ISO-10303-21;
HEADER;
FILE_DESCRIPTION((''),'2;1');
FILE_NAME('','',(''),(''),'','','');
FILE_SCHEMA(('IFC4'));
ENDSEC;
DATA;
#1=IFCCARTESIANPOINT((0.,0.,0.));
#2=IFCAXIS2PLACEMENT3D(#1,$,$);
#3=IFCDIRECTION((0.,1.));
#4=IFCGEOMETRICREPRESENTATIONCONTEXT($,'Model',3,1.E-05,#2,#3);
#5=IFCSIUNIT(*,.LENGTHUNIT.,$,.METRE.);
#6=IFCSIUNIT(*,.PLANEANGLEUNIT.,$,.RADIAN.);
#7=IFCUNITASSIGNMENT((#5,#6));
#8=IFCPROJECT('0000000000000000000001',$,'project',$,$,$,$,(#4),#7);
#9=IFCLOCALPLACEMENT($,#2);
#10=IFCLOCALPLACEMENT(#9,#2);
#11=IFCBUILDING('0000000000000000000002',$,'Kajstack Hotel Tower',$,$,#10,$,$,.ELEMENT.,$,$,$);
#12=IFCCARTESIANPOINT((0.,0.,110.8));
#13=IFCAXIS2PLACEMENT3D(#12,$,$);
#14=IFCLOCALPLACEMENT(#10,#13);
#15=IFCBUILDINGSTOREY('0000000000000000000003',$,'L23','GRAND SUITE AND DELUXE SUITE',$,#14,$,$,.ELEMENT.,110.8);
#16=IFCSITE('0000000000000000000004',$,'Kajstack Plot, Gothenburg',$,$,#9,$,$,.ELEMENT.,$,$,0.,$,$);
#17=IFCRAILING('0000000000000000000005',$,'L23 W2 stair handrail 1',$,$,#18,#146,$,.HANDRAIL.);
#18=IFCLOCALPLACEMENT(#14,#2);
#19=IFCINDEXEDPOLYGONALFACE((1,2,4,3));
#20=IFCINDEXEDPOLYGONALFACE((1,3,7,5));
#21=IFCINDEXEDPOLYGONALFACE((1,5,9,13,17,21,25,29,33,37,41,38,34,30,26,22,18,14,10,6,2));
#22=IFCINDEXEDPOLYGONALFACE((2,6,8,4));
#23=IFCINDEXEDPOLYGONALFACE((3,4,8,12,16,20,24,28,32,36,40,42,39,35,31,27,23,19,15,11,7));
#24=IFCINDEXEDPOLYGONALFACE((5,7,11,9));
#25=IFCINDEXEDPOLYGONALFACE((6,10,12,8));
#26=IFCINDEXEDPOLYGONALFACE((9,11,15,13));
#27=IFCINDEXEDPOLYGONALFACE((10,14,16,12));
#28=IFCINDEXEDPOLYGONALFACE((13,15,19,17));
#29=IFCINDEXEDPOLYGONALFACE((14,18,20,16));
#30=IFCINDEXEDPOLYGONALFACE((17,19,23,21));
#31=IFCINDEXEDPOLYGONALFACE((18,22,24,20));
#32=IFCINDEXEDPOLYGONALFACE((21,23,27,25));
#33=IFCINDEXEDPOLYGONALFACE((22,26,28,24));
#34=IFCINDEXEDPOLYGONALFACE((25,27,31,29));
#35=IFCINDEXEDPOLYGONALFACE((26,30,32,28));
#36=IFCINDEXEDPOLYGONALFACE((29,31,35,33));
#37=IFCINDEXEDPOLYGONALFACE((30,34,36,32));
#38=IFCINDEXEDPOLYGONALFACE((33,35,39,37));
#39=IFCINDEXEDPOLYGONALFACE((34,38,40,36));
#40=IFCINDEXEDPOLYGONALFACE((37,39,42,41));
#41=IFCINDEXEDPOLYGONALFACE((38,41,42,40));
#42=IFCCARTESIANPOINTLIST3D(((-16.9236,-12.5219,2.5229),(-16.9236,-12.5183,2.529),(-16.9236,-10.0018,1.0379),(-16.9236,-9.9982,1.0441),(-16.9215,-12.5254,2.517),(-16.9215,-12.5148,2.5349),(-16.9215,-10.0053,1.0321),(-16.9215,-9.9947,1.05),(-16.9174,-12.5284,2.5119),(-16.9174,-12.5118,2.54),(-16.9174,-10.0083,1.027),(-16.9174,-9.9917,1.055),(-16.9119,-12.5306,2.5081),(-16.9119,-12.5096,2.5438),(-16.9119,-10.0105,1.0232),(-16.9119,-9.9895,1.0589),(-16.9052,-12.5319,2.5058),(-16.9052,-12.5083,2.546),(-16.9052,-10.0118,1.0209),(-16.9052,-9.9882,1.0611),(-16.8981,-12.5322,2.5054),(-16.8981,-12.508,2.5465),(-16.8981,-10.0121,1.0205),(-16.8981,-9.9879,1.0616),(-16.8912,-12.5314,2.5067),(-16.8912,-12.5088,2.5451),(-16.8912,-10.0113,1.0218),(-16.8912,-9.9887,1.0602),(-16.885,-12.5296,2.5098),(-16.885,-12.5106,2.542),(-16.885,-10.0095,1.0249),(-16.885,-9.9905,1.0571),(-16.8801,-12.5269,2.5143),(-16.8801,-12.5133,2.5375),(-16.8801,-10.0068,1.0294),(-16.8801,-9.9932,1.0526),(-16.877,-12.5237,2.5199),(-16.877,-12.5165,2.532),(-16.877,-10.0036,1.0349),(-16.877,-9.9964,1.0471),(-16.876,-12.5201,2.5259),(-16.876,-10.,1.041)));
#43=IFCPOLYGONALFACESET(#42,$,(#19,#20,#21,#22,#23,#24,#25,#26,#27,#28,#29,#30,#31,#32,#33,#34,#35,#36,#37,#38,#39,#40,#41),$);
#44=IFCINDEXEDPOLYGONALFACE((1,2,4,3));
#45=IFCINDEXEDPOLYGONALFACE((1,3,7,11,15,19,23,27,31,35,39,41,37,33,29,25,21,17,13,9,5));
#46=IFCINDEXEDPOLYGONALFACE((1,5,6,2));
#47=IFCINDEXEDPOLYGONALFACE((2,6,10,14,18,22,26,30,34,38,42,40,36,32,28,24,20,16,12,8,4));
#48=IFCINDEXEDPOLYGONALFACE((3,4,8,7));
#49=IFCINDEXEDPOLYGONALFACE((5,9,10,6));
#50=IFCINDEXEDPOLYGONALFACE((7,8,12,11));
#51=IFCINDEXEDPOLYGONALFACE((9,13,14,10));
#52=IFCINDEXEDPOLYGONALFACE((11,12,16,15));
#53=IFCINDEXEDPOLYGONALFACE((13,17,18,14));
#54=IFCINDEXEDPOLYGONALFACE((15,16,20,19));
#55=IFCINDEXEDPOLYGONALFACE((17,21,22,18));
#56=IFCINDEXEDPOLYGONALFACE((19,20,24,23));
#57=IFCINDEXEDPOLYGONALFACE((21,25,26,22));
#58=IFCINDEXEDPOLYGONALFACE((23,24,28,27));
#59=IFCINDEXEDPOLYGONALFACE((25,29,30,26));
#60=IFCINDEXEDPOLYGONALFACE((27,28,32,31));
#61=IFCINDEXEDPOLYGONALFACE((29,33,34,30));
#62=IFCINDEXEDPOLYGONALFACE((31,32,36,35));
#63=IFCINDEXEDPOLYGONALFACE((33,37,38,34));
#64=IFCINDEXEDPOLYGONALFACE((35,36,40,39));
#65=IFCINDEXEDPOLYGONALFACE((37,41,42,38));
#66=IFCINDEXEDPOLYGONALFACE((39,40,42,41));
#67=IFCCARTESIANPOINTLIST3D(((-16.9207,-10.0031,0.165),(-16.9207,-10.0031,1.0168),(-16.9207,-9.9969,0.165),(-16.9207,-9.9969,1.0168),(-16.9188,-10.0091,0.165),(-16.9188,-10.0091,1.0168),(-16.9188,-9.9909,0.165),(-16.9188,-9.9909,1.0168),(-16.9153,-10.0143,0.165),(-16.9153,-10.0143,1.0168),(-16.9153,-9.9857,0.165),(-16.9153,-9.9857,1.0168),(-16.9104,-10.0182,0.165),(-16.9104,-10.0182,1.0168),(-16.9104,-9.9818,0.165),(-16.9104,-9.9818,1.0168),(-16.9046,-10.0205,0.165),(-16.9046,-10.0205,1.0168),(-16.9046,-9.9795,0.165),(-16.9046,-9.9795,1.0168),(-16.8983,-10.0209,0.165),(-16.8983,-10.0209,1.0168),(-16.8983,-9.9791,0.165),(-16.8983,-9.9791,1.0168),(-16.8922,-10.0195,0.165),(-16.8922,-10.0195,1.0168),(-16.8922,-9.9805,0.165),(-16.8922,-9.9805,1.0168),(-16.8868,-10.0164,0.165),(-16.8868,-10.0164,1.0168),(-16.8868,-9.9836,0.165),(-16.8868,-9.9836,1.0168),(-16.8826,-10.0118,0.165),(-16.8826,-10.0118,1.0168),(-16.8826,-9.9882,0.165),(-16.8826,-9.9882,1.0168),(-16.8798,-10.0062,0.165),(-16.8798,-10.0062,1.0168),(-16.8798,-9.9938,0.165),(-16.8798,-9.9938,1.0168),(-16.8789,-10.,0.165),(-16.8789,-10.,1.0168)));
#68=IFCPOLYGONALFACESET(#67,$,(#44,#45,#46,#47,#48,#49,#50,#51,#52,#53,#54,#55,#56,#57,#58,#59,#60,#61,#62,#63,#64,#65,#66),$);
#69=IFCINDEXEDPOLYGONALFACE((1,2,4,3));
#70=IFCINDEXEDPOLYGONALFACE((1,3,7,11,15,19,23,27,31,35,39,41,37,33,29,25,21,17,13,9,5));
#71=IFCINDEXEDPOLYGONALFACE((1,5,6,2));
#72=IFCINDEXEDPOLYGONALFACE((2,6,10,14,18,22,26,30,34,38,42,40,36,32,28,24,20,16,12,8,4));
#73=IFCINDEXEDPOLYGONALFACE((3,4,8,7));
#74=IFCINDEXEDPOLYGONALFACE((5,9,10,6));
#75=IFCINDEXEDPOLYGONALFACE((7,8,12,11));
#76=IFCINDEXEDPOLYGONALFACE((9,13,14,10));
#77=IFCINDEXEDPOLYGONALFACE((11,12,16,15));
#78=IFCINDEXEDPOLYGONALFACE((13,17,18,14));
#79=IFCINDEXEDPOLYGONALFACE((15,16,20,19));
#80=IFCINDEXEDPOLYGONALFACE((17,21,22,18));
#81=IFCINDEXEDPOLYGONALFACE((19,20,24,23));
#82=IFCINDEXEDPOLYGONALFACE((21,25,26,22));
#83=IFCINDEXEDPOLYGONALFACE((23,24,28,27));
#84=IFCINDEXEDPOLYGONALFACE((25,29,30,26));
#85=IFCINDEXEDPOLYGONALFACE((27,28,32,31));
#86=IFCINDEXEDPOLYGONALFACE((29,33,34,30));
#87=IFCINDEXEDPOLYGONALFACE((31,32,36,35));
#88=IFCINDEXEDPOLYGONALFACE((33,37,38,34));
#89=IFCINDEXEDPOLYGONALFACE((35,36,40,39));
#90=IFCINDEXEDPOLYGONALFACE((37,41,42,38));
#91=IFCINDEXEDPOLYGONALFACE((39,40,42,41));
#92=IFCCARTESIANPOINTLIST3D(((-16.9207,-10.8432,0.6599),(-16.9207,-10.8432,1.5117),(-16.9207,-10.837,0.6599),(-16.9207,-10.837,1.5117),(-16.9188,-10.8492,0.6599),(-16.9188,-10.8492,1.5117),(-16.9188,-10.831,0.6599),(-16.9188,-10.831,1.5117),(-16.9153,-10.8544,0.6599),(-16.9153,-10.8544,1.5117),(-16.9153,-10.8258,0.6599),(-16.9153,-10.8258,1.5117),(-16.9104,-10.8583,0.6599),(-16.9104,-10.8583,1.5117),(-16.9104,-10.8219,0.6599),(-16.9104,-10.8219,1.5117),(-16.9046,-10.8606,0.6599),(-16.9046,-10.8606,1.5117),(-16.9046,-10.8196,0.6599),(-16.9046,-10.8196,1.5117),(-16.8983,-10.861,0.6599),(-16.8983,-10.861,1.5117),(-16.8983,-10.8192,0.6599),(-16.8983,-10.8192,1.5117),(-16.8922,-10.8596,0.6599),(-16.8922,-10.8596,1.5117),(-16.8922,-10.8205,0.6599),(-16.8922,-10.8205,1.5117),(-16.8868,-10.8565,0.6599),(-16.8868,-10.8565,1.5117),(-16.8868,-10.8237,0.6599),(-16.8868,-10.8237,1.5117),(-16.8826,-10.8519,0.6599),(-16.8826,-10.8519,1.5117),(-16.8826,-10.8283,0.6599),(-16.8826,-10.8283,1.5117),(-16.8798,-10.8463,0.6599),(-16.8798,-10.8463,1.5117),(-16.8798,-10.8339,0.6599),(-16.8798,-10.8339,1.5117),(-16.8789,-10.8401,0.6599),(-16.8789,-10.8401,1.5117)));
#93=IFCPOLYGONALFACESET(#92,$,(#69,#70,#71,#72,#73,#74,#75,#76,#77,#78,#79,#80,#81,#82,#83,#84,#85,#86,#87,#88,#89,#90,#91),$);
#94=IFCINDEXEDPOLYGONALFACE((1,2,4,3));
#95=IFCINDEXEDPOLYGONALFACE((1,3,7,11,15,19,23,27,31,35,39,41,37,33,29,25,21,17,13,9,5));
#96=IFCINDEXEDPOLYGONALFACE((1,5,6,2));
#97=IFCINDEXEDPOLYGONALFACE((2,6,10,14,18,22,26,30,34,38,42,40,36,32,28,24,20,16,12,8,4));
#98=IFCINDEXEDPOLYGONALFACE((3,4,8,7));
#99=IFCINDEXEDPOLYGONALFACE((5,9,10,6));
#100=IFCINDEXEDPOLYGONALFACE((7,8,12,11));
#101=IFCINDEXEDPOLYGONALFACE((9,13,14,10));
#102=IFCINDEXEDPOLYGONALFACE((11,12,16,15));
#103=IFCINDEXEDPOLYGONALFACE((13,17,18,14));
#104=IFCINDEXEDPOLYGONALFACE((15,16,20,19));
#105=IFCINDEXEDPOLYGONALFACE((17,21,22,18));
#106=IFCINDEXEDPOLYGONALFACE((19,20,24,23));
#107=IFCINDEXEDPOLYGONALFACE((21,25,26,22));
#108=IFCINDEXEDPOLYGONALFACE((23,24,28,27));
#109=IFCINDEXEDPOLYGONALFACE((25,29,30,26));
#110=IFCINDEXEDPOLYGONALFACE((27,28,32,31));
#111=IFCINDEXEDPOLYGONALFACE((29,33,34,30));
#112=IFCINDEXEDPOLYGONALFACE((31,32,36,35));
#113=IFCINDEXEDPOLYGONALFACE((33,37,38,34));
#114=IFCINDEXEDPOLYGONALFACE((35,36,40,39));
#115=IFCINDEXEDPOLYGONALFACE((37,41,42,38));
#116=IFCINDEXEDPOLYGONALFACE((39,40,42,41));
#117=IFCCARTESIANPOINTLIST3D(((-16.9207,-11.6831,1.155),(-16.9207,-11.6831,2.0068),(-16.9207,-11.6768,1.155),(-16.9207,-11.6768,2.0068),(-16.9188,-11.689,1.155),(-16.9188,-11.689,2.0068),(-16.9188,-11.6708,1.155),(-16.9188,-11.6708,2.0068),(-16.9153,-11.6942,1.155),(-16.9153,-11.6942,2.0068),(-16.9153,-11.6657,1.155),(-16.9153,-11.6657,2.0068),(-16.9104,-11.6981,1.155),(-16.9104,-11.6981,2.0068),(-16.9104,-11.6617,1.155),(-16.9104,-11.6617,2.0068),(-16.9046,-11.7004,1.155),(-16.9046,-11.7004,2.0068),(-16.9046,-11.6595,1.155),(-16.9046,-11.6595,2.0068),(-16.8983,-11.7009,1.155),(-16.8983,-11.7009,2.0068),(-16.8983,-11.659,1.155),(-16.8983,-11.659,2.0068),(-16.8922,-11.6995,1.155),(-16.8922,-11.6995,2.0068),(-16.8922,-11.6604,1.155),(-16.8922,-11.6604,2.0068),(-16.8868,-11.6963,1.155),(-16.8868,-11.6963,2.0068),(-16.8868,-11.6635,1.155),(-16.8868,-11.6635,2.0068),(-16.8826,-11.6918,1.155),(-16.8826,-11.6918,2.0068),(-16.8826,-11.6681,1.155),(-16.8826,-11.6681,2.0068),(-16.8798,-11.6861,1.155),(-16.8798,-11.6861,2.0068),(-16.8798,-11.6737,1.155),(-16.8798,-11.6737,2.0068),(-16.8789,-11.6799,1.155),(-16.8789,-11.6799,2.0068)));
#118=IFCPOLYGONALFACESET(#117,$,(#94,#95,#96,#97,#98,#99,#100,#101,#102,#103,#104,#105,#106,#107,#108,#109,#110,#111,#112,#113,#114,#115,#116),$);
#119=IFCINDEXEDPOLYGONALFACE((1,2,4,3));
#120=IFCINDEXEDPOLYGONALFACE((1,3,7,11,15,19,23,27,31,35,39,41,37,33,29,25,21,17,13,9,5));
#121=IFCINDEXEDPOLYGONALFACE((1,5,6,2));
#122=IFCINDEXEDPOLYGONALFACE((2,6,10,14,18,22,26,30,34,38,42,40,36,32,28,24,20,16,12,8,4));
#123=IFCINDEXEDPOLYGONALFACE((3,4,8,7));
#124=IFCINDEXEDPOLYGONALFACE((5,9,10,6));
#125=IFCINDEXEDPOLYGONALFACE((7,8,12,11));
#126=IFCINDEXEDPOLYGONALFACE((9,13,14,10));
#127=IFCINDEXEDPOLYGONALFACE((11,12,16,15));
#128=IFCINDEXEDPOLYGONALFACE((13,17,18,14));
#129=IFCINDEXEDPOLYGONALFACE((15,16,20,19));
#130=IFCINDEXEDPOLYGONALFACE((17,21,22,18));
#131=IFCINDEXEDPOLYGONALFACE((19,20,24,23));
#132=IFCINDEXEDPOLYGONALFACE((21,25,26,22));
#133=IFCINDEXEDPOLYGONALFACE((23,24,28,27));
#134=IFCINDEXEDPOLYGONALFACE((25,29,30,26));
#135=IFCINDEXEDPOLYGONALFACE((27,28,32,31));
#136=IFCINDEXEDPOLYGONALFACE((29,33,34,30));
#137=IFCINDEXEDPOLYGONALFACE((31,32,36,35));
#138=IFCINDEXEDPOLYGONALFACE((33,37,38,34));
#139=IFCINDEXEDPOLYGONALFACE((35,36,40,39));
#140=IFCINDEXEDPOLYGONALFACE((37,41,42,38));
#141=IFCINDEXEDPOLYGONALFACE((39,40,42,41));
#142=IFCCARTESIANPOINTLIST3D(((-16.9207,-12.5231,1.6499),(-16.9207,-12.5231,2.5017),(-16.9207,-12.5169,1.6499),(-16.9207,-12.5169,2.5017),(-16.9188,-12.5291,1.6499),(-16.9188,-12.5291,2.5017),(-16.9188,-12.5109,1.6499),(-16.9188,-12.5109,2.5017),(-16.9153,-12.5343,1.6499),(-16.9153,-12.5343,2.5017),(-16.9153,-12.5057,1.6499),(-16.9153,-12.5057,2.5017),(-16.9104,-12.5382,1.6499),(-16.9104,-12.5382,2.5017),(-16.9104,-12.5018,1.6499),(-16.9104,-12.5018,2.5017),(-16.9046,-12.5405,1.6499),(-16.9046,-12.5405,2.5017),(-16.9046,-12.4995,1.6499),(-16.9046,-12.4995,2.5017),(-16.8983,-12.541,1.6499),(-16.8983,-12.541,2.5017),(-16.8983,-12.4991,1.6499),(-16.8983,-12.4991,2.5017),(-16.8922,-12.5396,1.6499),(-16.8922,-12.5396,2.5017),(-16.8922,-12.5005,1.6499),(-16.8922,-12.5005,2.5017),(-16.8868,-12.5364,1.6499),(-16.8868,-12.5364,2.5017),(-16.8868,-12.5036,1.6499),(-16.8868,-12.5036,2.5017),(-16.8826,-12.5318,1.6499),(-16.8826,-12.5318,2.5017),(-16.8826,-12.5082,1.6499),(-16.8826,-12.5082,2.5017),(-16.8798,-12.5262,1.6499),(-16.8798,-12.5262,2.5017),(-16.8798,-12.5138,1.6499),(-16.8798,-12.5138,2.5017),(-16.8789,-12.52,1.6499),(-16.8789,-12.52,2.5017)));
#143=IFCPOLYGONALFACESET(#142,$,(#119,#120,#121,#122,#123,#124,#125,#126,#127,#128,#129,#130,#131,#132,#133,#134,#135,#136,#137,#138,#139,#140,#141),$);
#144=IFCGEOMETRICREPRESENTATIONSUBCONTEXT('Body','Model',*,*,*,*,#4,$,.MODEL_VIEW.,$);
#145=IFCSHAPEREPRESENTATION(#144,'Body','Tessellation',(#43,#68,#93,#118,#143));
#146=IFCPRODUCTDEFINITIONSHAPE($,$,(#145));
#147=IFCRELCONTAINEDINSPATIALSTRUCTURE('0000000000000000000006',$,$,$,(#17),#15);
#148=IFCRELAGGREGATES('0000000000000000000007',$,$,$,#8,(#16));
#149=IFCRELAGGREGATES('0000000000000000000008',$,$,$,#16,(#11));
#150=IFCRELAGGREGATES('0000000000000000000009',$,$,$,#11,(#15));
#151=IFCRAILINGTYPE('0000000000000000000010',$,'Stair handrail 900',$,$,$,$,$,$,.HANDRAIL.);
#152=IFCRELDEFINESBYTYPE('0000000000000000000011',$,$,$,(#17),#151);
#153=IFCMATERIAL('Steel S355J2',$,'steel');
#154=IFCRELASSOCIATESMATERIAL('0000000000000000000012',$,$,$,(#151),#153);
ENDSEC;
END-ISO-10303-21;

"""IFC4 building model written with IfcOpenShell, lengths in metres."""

from ifc_helpers import new_model, si_unit, direction, frame, origin, origin_2d, place, context, subcontext, project, spatial, circle, extrude, material, type_object, element, save


model = new_model("IFC4")

# Units and contexts
model_context = context("Model", 3, precision=1e-05, world=origin(), true_north=direction((0.0, 1.0)))
body_context = subcontext(model_context, "Body", "Model", "MODEL_VIEW")
ifc_project = project(units=[si_unit("LENGTHUNIT", "METRE"), si_unit("PLANEANGLEUNIT", "RADIAN")], contexts=[model_context])

# Site, building, storey
site_placement = place(None, origin())
site = spatial("IfcSite", under=ifc_project, at=site_placement, Name="Kajstack Plot, Gothenburg", CompositionType="ELEMENT", RefElevation=0.0)
building_placement = place(site_placement, origin())
building = spatial("IfcBuilding", under=site, at=building_placement, Name="Kajstack Hotel Tower", CompositionType="ELEMENT")
storey_placement = place(building_placement, frame((0.0, 0.0, 110.8)))
storey = spatial("IfcBuildingStorey", under=building, at=storey_placement, Name="L23", Description="GRAND SUITE AND DELUXE SUITE", CompositionType="ELEMENT", Elevation=110.8)

# Railing
ifc_material_1 = material(Name="Steel S355J2", Category="steel")
railing_type_1 = type_object("IfcRailingType", Name="Stair handrail 900", PredefinedType="HANDRAIL", material=ifc_material_1)
railing_1_placement = place(storey_placement, frame((-16.8999, -10.0, 0.165)))
element("IfcRailing", 1, at=railing_1_placement, inside=storey, type_object=railing_type_1, Name="L23 W2 stair handrail 1", PredefinedType="HANDRAIL", context=body_context, shape_type="SweptSolid", body=[
    extrude(circle(Radius=0.0239, at=origin_2d()), frame((0.0, 0.0, 0.876), z_axis=(0.0, -0.861561, 0.507655), x_axis=(1.0, 0.0, 0.0)), (0.0, 0.0, 1.0), 2.925),
    extrude(circle(Radius=0.021, at=origin_2d()), origin(), (0.0, 0.0, 1.0), 0.8518),
    extrude(circle(Radius=0.021, at=origin_2d()), frame((0.0, -0.8401, 0.4949)), (0.0, 0.0, 1.0), 0.8518),
    extrude(circle(Radius=0.021, at=origin_2d()), frame((0.0, -1.6799, 0.99)), (0.0, 0.0, 1.0), 0.8518),
    extrude(circle(Radius=0.021, at=origin_2d()), frame((0.0, -2.52, 1.4849)), (0.0, 0.0, 1.0), 0.8518),
])

save(model, "model.ifc")
